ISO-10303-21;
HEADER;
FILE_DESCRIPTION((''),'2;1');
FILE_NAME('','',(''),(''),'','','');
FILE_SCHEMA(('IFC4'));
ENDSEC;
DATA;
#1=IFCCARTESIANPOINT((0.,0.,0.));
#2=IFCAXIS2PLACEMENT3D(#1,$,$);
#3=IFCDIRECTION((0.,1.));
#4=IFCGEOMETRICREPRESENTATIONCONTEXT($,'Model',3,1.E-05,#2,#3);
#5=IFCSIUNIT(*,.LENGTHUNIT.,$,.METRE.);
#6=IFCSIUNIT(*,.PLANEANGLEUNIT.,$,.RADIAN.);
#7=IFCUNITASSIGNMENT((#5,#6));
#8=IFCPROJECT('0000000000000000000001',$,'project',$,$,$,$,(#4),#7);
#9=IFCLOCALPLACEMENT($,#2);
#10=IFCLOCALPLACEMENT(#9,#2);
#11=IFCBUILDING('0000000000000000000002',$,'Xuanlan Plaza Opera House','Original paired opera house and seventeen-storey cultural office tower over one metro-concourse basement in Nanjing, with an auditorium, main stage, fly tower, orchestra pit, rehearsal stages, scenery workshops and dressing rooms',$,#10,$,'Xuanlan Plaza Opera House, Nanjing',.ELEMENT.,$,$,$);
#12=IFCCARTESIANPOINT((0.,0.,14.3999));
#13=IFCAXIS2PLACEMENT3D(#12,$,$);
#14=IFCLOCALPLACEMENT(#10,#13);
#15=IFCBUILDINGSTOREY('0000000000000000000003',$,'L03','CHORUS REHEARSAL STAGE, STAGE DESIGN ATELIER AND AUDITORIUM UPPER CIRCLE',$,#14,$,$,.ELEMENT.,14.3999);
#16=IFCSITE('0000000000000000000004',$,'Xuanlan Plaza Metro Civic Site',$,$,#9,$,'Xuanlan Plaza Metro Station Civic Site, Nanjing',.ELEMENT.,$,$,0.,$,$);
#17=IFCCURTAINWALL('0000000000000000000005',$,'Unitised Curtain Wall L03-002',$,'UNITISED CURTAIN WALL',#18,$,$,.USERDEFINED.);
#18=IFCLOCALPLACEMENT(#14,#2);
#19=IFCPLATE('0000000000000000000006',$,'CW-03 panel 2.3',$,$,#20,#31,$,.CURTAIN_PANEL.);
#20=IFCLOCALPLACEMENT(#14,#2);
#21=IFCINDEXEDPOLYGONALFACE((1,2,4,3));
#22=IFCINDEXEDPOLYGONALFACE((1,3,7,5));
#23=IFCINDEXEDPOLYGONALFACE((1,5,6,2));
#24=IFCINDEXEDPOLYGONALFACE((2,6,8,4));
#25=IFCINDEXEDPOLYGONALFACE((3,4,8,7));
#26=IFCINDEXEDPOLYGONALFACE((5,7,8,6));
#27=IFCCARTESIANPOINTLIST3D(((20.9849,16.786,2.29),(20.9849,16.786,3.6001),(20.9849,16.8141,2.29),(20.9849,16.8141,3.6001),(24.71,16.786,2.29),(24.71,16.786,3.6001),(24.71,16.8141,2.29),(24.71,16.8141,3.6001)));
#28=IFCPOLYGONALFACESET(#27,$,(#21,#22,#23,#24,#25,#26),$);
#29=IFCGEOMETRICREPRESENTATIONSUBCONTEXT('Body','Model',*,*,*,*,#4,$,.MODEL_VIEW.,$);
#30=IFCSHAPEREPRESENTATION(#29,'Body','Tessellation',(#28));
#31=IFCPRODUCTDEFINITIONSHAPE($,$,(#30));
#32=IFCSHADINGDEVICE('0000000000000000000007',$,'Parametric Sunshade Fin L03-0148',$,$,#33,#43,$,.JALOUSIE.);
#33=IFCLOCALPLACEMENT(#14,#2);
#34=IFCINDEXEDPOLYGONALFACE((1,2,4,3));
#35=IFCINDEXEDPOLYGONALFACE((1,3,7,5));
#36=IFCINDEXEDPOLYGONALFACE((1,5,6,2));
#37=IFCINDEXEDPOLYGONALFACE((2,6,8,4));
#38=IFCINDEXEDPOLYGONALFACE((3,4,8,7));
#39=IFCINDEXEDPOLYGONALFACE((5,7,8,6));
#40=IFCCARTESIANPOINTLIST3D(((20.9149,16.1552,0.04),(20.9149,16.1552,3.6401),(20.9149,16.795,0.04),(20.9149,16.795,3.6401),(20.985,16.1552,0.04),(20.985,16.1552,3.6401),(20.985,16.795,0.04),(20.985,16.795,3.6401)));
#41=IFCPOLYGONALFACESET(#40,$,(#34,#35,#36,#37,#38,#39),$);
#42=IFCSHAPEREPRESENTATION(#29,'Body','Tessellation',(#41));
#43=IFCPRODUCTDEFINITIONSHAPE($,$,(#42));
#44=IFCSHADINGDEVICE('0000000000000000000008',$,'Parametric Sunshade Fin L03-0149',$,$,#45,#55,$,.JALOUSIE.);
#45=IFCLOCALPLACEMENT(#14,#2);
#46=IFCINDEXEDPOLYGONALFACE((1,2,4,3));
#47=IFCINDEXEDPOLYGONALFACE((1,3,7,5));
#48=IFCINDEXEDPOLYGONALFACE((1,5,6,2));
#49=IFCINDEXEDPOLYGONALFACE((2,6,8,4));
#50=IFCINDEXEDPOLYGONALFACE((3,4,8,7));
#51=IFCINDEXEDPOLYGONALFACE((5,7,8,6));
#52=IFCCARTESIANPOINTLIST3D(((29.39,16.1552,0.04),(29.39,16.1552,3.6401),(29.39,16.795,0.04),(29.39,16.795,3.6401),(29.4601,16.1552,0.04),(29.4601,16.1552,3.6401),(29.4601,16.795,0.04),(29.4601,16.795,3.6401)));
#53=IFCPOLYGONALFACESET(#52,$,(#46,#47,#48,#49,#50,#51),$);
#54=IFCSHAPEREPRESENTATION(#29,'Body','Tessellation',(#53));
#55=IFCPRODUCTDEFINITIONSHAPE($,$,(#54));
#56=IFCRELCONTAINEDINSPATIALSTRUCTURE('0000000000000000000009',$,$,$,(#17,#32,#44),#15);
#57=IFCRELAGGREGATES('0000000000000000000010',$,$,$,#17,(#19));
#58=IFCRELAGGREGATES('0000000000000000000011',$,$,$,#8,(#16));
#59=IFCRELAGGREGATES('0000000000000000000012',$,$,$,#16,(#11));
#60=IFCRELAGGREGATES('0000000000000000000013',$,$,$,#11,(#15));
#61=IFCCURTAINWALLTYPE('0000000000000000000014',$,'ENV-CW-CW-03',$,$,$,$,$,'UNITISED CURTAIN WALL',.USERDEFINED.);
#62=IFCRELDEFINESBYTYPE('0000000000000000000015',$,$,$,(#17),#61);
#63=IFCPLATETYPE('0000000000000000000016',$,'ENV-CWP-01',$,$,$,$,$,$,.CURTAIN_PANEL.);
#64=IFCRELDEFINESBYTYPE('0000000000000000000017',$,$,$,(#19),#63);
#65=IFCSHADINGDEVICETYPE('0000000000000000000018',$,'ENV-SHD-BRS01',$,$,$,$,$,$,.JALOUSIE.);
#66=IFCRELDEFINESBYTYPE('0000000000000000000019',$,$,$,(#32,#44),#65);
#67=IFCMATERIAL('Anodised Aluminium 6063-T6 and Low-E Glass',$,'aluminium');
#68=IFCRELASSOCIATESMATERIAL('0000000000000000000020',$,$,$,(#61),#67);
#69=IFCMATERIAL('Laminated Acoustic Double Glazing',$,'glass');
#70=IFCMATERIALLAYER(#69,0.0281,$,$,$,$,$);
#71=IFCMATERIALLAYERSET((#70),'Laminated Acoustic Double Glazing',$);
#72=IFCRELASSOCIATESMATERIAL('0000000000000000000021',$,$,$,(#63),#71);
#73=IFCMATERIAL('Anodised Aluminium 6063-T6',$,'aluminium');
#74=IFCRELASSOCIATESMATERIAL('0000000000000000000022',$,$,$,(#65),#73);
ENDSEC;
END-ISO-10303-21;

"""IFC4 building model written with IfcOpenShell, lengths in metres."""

from ifc_helpers import new_model, si_unit, direction, frame, origin, origin_2d, place, context, subcontext, project, spatial, rectangle, extrude, material, layer, layer_set, type_object, element, aggregate, save


model = new_model("IFC4")

# Units and contexts
model_context = context("Model", 3, precision=1e-05, world=origin(), true_north=direction((0.0, 1.0)))
body_context = subcontext(model_context, "Body", "Model", "MODEL_VIEW")
ifc_project = project(units=[si_unit("LENGTHUNIT", "METRE"), si_unit("PLANEANGLEUNIT", "RADIAN")], contexts=[model_context])

# Site, building, storey
site_placement = place(None, origin())
site = spatial("IfcSite", under=ifc_project, at=site_placement, Name="Xuanlan Plaza Metro Civic Site", LongName="Xuanlan Plaza Metro Station Civic Site, Nanjing", CompositionType="ELEMENT", RefElevation=0.0)
building_placement = place(site_placement, origin())
building = spatial("IfcBuilding", under=site, at=building_placement, Name="Xuanlan Plaza Opera House", Description="Original paired opera house and seventeen-storey cultural office tower over one metro-concourse basement in Nanjing, with an auditorium, main stage, fly tower, orchestra pit, rehearsal stages, scenery workshops and dressing rooms", LongName="Xuanlan Plaza Opera House, Nanjing", CompositionType="ELEMENT")
storey_placement = place(building_placement, frame((0.0, 0.0, 14.3999)))
storey = spatial("IfcBuildingStorey", under=building, at=storey_placement, Name="L03", Description="CHORUS REHEARSAL STAGE, STAGE DESIGN ATELIER AND AUDITORIUM UPPER CIRCLE", CompositionType="ELEMENT", Elevation=14.3999)

# Curtain wall
ifc_material_1 = material(Name="Anodised Aluminium 6063-T6 and Low-E Glass", Category="aluminium")
curtain_wall_type_1 = type_object("IfcCurtainWallType", Name="ENV-CW-CW-03", ElementType="UNITISED CURTAIN WALL", PredefinedType="USERDEFINED", material=ifc_material_1)
curtain_wall_1_placement = place(storey_placement, origin())
curtain_wall_1 = element("IfcCurtainWall", 1, at=curtain_wall_1_placement, inside=storey, type_object=curtain_wall_type_1, Name="Unitised Curtain Wall L03-002", ObjectType="UNITISED CURTAIN WALL", PredefinedType="USERDEFINED")
ifc_material_2 = material(Name="Anodised Aluminium 6063-T6", Category="aluminium")

# Plate
ifc_material_3 = material(Name="Laminated Acoustic Double Glazing", Category="glass")
ifc_layer = layer(ifc_material_3, 0.0281)
ifc_layer_set = layer_set([ifc_layer], Name="Laminated Acoustic Double Glazing")
plate_type = type_object("IfcPlateType", Name="ENV-CWP-01", PredefinedType="CURTAIN_PANEL", material=ifc_layer_set)
plate_1_placement = place(storey_placement, frame((22.8474, 16.8, 2.29), z_axis=(0.0, 0.0, 1.0), x_axis=(1.0, 0.0, 0.0)))
plate_1 = element("IfcPlate", 2, at=plate_1_placement, type_object=plate_type, Name="CW-03 panel 2.3", PredefinedType="CURTAIN_PANEL", context=body_context, shape_type="SweptSolid", body=[
    extrude(rectangle(XDim=3.7251, YDim=0.0281, at=origin_2d()), origin(), (0.0, 0.0, 1.0), 1.3101),
])
aggregate(curtain_wall_1, [plate_1])

# Shading devices
shading_device_type = type_object("IfcShadingDeviceType", Name="ENV-SHD-BRS01", PredefinedType="JALOUSIE", material=ifc_material_2)
for number, where, z_axis, x_axis, name in (
    (3, (20.95, 16.4751, 0.04), (0.0, 0.0, 1.0), (0.0, -1.0, 0.0), "Parametric Sunshade Fin L03-0148"),
    (4, (29.425, 16.4751, 0.04), (0.0, 0.0, 1.0), (0.0, -1.0, 0.0), "Parametric Sunshade Fin L03-0149"),
):
    element("IfcShadingDevice", number, at=place(storey_placement, frame(where, z_axis=z_axis, x_axis=x_axis)), inside=storey, type_object=shading_device_type, Name=name, PredefinedType="JALOUSIE", context=body_context, shape_type="SweptSolid", body=[
        extrude(rectangle(XDim=0.6399, YDim=0.0701, at=origin_2d()), origin(), (0.0, 0.0, 1.0), 3.6001),
    ])

save(model, "model.ifc")
